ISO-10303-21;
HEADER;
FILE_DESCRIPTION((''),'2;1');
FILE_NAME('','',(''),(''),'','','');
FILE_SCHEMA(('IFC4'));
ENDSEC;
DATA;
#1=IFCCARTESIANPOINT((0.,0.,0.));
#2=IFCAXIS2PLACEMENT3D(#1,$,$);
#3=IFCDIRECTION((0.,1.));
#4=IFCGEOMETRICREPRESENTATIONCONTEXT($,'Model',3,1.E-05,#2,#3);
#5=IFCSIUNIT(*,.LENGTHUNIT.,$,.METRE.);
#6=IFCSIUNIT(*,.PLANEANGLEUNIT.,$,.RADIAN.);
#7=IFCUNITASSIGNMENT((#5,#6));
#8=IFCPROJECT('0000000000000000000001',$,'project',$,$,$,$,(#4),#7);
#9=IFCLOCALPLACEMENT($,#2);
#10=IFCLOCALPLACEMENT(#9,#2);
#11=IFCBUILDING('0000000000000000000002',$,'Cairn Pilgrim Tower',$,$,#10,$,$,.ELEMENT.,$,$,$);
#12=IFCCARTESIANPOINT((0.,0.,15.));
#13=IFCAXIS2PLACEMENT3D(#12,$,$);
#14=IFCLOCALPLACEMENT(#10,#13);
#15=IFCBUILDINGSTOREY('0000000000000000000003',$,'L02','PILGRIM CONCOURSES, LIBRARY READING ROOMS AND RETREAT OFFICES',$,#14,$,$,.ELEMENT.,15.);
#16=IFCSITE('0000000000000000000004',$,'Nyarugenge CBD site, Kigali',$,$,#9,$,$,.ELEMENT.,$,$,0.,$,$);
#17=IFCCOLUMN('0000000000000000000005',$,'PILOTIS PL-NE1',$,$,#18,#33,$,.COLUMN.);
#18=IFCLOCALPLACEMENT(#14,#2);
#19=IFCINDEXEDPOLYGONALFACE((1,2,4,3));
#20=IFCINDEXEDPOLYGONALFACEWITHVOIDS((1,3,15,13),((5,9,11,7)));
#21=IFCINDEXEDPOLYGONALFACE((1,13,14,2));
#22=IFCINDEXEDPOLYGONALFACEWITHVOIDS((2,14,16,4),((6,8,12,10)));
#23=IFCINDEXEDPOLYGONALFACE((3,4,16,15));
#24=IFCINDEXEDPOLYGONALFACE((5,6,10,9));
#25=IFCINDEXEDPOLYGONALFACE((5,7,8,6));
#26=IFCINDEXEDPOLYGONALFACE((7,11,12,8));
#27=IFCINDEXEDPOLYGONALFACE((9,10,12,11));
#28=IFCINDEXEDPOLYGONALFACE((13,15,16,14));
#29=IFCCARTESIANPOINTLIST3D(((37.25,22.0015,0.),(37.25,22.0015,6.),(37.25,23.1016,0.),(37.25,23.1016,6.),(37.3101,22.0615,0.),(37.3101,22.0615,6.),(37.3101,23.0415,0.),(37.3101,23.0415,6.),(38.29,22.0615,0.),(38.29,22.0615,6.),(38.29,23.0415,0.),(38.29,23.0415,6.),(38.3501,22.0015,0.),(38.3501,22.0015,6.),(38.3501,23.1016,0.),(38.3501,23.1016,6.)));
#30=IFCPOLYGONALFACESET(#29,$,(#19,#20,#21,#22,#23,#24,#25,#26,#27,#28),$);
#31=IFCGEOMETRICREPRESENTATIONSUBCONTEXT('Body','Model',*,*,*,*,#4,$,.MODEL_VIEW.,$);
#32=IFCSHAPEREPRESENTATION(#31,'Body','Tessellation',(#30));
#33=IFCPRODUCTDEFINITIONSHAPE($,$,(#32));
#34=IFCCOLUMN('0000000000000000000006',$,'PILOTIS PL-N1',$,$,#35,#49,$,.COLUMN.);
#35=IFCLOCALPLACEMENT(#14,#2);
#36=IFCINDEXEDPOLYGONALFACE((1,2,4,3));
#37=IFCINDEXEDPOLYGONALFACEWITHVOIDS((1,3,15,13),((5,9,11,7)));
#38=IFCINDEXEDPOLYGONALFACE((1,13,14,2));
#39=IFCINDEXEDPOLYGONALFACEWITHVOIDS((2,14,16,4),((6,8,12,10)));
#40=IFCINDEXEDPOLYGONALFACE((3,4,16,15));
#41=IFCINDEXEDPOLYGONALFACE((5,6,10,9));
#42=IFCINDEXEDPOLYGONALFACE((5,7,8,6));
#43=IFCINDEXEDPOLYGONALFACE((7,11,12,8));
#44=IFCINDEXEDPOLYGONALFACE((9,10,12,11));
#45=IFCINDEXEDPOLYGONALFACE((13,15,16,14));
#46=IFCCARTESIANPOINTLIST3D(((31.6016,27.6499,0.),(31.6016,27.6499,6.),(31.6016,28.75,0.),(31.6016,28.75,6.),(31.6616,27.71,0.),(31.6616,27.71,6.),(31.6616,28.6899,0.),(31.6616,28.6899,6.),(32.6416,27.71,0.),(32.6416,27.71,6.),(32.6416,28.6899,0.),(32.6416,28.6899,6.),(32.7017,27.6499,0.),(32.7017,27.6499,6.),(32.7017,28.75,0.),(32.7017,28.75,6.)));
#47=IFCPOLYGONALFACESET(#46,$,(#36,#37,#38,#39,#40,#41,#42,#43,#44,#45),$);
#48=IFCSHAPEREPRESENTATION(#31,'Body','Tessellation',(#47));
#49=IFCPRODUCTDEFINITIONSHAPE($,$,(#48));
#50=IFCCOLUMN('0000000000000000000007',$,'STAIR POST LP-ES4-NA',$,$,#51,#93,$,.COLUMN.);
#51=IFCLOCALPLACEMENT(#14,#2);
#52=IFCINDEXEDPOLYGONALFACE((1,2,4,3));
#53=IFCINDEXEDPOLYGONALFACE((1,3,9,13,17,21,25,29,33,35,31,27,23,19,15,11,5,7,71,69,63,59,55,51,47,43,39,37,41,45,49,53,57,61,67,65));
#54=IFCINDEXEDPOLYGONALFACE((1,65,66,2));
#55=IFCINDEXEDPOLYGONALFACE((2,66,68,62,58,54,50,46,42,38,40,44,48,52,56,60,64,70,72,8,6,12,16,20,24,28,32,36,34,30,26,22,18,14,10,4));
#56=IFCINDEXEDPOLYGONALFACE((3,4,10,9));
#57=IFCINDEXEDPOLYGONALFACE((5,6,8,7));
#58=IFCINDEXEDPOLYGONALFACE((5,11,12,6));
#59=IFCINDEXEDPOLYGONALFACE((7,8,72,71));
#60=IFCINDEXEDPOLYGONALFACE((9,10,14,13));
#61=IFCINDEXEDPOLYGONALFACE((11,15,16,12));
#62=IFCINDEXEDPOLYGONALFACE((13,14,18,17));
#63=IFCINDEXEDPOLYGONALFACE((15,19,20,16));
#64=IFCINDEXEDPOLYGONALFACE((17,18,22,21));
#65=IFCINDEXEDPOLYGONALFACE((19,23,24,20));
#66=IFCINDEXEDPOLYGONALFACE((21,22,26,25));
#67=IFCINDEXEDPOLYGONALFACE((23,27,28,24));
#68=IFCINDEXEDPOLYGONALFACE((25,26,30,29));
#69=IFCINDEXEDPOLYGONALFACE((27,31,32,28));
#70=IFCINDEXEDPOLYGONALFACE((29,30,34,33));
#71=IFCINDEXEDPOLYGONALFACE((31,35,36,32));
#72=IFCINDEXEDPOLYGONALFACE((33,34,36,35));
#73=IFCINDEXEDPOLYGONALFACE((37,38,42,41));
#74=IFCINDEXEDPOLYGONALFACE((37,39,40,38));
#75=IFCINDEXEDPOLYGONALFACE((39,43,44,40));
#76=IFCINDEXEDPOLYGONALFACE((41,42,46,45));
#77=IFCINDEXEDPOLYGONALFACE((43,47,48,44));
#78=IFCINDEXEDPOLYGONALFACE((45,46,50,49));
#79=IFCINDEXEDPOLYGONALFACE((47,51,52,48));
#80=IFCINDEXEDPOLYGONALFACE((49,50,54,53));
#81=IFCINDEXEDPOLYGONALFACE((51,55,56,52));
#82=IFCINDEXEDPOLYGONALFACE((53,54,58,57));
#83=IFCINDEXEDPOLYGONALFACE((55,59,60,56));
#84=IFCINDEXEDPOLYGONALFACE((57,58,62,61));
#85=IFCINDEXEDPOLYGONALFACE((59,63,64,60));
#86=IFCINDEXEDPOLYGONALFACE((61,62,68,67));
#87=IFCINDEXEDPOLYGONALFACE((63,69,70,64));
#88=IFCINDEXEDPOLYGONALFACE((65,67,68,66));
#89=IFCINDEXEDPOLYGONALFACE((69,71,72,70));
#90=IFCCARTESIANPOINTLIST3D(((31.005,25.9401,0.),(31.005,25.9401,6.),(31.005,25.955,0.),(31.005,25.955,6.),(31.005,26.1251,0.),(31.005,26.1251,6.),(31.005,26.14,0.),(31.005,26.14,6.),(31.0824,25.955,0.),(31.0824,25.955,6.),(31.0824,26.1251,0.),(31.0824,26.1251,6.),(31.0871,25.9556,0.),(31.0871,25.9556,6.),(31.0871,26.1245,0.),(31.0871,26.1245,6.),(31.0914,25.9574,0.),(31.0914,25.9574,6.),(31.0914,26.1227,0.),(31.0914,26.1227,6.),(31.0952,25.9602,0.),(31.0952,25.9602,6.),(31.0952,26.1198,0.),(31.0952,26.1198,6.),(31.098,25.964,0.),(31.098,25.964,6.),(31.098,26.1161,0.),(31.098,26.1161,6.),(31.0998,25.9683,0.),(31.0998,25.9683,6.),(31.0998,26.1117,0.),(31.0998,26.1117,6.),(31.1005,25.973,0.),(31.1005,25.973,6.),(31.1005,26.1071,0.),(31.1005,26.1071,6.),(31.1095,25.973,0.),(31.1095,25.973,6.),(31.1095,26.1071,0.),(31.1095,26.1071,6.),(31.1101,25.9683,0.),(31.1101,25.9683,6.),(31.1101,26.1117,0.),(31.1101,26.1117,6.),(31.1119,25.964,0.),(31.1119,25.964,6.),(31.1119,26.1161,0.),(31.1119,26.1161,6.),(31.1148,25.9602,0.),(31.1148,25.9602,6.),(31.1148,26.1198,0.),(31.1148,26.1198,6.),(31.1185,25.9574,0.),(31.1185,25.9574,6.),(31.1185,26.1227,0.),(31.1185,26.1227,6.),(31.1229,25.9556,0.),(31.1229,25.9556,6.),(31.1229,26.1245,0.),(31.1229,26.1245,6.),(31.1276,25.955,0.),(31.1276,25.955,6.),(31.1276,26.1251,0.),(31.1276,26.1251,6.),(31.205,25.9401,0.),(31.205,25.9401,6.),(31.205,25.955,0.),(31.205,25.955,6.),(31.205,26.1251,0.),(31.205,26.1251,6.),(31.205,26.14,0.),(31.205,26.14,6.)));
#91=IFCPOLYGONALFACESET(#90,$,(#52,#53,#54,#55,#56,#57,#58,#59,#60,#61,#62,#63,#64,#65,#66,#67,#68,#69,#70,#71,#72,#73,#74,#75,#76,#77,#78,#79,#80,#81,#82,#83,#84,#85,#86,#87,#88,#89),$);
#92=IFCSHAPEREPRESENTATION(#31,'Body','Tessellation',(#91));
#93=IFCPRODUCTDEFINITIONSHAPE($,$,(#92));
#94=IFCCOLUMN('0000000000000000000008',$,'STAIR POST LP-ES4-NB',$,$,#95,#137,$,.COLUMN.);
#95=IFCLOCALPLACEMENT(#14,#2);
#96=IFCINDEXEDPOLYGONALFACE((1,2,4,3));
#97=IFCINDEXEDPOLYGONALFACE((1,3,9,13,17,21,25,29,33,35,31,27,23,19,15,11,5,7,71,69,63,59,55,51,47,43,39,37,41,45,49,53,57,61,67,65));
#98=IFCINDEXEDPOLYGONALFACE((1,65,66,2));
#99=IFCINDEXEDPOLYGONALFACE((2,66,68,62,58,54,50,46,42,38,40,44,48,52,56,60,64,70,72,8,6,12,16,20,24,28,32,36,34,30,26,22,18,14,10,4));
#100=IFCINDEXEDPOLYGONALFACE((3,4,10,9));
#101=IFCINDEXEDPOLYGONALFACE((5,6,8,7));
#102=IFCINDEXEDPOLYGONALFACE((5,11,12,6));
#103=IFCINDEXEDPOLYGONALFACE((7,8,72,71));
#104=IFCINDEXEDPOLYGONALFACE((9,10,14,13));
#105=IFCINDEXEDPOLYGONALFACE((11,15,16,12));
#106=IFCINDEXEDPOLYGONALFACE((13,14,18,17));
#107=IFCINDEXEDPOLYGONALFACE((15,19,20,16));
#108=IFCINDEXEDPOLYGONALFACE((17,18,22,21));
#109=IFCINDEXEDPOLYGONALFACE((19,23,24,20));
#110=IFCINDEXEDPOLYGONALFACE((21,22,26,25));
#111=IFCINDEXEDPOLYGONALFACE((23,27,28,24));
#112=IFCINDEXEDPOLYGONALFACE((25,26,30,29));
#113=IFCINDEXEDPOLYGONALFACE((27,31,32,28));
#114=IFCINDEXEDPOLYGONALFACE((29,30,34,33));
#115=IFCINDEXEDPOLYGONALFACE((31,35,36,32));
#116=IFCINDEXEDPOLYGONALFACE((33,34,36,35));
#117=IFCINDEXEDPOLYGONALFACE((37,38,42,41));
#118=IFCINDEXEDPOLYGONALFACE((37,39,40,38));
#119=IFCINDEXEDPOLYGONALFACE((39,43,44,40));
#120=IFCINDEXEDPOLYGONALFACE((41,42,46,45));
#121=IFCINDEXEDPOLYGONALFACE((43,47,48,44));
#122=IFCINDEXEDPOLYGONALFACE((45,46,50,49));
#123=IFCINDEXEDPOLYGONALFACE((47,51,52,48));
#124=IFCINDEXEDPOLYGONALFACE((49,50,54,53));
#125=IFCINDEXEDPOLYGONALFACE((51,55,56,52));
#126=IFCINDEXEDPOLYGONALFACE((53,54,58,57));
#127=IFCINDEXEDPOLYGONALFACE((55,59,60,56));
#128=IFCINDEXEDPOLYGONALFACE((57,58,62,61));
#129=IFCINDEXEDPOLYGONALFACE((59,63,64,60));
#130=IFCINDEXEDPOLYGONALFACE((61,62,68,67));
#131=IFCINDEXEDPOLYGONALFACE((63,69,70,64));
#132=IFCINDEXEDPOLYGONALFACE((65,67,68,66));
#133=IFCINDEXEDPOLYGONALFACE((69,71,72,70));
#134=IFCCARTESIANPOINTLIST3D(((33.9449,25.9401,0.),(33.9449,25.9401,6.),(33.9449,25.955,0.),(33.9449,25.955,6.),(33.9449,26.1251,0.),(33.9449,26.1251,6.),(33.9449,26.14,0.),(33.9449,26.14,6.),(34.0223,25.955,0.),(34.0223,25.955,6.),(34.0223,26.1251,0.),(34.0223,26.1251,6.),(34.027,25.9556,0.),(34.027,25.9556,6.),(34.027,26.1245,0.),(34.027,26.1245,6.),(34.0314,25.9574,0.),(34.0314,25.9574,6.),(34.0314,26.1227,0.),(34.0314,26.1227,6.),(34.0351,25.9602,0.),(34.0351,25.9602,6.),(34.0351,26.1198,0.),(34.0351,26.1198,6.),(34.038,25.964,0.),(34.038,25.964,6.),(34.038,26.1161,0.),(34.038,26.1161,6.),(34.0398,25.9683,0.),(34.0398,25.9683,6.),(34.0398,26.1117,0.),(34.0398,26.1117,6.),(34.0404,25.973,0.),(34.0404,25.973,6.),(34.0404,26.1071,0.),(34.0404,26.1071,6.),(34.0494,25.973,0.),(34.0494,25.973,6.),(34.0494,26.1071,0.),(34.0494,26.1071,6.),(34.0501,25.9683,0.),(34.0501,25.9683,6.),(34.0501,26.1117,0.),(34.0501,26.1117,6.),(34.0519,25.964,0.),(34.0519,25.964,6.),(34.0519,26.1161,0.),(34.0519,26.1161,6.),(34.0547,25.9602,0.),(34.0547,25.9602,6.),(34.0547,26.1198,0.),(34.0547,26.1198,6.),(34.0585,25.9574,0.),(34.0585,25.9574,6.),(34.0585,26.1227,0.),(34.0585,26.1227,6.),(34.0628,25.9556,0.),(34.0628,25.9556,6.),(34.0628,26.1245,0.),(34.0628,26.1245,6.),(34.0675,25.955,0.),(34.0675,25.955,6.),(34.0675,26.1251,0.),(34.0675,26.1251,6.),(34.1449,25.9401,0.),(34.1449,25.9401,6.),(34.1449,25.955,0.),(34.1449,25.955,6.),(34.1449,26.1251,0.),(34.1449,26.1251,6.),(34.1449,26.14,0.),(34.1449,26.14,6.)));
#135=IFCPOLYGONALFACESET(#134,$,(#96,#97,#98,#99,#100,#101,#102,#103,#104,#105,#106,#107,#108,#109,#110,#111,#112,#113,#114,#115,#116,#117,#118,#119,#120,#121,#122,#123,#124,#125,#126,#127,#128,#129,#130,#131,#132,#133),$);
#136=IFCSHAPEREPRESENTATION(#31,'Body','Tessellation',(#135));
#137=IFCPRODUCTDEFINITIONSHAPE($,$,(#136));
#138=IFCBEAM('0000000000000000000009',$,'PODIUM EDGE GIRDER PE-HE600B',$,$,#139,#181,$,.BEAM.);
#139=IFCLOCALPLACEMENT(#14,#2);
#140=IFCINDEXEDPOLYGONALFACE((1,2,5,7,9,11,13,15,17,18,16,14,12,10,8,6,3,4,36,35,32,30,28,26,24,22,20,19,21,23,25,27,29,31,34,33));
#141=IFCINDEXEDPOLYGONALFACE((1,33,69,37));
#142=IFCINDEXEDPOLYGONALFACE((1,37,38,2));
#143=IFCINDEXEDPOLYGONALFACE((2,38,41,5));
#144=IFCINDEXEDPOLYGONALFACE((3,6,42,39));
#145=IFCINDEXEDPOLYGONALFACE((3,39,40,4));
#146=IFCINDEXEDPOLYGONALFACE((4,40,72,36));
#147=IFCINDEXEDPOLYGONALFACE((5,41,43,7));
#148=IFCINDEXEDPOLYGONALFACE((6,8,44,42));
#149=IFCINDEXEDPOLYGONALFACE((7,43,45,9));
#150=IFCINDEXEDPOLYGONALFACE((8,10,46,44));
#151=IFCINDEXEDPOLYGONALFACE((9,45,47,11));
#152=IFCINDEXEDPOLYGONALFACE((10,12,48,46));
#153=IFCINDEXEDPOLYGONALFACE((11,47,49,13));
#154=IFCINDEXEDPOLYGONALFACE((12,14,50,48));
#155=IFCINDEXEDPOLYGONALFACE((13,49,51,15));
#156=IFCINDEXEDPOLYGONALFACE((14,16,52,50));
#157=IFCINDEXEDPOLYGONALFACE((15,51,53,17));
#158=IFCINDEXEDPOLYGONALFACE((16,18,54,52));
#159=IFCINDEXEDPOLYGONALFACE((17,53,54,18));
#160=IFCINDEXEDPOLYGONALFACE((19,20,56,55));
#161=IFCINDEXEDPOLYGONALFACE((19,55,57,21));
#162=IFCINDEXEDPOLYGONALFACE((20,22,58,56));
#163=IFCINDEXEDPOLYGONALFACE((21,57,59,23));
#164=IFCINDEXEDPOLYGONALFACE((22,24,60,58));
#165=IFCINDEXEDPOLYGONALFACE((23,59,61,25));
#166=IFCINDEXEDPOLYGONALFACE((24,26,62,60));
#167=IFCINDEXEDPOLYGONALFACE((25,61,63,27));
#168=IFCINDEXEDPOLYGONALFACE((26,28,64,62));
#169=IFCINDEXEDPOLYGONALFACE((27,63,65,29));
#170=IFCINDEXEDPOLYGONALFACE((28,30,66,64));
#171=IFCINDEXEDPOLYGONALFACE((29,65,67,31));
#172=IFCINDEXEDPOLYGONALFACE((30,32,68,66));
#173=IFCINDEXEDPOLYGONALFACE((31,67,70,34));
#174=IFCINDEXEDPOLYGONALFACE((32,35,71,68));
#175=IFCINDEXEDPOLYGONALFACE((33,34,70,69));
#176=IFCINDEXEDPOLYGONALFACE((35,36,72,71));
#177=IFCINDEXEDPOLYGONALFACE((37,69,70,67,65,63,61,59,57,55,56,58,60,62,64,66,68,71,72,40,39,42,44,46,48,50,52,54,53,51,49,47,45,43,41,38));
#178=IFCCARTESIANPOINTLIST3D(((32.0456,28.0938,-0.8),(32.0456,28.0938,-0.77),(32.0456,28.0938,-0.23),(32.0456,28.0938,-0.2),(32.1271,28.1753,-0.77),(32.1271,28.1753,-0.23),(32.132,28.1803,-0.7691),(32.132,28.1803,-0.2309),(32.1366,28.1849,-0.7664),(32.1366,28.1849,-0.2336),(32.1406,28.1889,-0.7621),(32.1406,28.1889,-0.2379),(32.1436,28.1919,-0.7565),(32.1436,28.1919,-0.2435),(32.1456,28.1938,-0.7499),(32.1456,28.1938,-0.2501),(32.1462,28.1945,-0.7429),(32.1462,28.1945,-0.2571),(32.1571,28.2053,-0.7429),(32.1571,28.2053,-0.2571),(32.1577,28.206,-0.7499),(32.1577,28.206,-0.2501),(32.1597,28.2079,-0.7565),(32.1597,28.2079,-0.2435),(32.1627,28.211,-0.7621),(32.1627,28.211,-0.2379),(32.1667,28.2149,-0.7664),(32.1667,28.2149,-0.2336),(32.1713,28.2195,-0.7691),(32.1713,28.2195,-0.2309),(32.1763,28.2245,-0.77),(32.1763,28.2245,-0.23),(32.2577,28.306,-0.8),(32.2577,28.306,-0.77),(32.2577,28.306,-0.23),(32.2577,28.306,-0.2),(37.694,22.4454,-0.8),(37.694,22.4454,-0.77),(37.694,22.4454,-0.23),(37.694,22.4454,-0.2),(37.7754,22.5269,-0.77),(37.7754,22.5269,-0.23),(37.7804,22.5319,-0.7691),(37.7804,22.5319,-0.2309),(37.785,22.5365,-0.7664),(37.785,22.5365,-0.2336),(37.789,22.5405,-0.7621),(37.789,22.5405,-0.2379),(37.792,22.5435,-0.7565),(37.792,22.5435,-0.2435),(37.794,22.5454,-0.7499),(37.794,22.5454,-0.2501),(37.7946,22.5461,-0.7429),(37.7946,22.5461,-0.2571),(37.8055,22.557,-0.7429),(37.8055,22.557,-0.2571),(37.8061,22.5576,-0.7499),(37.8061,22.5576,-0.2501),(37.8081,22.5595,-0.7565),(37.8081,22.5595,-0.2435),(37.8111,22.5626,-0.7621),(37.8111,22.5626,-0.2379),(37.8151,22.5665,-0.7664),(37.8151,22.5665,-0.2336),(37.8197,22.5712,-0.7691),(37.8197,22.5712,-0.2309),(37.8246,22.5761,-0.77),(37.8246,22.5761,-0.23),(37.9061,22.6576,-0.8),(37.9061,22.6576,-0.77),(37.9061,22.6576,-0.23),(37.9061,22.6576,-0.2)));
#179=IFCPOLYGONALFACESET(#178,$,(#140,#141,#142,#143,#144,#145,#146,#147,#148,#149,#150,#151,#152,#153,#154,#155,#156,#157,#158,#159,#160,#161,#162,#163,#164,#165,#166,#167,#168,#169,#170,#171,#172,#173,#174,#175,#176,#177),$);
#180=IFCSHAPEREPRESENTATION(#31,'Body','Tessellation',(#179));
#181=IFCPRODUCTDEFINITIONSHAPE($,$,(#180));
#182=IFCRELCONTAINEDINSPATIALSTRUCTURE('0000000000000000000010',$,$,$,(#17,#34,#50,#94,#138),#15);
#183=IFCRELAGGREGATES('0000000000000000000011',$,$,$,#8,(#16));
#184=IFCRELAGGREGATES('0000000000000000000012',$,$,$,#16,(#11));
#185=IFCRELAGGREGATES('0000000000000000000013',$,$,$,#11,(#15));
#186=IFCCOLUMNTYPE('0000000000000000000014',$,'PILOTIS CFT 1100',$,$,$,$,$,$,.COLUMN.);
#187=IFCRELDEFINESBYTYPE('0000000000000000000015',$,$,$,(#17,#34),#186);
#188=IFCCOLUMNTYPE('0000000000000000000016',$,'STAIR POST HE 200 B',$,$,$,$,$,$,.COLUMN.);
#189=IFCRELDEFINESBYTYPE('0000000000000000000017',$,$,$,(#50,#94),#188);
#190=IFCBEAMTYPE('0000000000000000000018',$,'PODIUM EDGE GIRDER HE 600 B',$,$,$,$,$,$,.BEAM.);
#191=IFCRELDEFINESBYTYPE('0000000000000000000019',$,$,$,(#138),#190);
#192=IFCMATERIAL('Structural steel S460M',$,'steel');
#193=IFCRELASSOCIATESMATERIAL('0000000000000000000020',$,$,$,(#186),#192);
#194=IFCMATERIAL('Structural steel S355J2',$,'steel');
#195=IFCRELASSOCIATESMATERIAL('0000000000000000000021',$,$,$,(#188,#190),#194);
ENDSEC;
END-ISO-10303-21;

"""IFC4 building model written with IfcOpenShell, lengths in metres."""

from ifc_helpers import new_model, si_unit, direction, frame, origin, origin_2d, place, context, subcontext, project, spatial, hollow_rectangle, i_section, extrude, material, material_profile, profile_set, type_object, element, save


model = new_model("IFC4")

# Units and contexts
model_context = context("Model", 3, precision=1e-05, world=origin(), true_north=direction((0.0, 1.0)))
body_context = subcontext(model_context, "Body", "Model", "MODEL_VIEW")
ifc_project = project(units=[si_unit("LENGTHUNIT", "METRE"), si_unit("PLANEANGLEUNIT", "RADIAN")], contexts=[model_context])

# Site, building, storey
site_placement = place(None, origin())
site = spatial("IfcSite", under=ifc_project, at=site_placement, Name="Nyarugenge CBD site, Kigali", CompositionType="ELEMENT", RefElevation=0.0)
building_placement = place(site_placement, origin())
building = spatial("IfcBuilding", under=site, at=building_placement, Name="Cairn Pilgrim Tower", CompositionType="ELEMENT")
storey_placement = place(building_placement, frame((0.0, 0.0, 15.0)))
storey = spatial("IfcBuildingStorey", under=building, at=storey_placement, Name="L02", Description="PILGRIM CONCOURSES, LIBRARY READING ROOMS AND RETREAT OFFICES", CompositionType="ELEMENT", Elevation=15.0)

# Columns
ifc_material_1 = material(Name="Structural steel S460M", Category="steel")
ifc_material_profile_1 = material_profile(ifc_material_1, hollow_rectangle(XDim=1.1001, YDim=1.1001, WallThickness=0.0601, at=origin_2d()), Name="BOX 1100x1100x60")
ifc_profile_set_1 = profile_set([ifc_material_profile_1], Name="Structural steel S460M")
column_type_1 = type_object("IfcColumnType", Name="PILOTIS CFT 1100", PredefinedType="COLUMN", material=ifc_profile_set_1)
for number, where, z_axis, x_axis, name in (
    (1, (37.8, 22.5515, 0.0), (0.0, 0.0, 1.0), (1.0, 0.0, 0.0), "PILOTIS PL-NE1"),
    (2, (32.1516, 28.2, 0.0), (0.0, 0.0, 1.0), (1.0, 0.0, 0.0), "PILOTIS PL-N1"),
):
    element("IfcColumn", number, at=place(storey_placement, frame(where, z_axis=z_axis, x_axis=x_axis)), inside=storey, type_object=column_type_1, Name=name, PredefinedType="COLUMN", context=body_context, shape_type="SweptSolid", body=[
        extrude(hollow_rectangle(XDim=1.1001, YDim=1.1001, WallThickness=0.0601, at=origin_2d()), origin(), (0.0, 0.0, 1.0), 6.0),
    ])
ifc_material_2 = material(Name="Structural steel S355J2", Category="steel")
ifc_material_profile_2 = material_profile(ifc_material_2, i_section(OverallWidth=0.2, OverallDepth=0.2, WebThickness=0.009, FlangeThickness=0.0149, FilletRadius=0.0181, at=origin_2d()), Name="HE 200 B")
ifc_profile_set_2 = profile_set([ifc_material_profile_2], Name="Structural steel S355J2")
column_type_2 = type_object("IfcColumnType", Name="STAIR POST HE 200 B", PredefinedType="COLUMN", material=ifc_profile_set_2)
for number, where, z_axis, x_axis, name in (
    (3, (31.105, 26.04, 0.0), (0.0, 0.0, 1.0), (1.0, 0.0, 0.0), "STAIR POST LP-ES4-NA"),
    (4, (34.0449, 26.04, 0.0), (0.0, 0.0, 1.0), (1.0, 0.0, 0.0), "STAIR POST LP-ES4-NB"),
):
    element("IfcColumn", number, at=place(storey_placement, frame(where, z_axis=z_axis, x_axis=x_axis)), inside=storey, type_object=column_type_2, Name=name, PredefinedType="COLUMN", context=body_context, shape_type="SweptSolid", body=[
        extrude(i_section(OverallWidth=0.2, OverallDepth=0.2, WebThickness=0.009, FlangeThickness=0.0149, FilletRadius=0.0181, at=origin_2d()), origin(), (0.0, 0.0, 1.0), 6.0),
    ])

# Beam
ifc_material_profile_3 = material_profile(ifc_material_2, i_section(OverallWidth=0.3, OverallDepth=0.6001, WebThickness=0.0154, FlangeThickness=0.03, FilletRadius=0.0271, at=origin_2d()), Name="HEB 600")
ifc_profile_set_3 = profile_set([ifc_material_profile_3], Name="Structural steel S355J2")
beam_type_1 = type_object("IfcBeamType", Name="PODIUM EDGE GIRDER HE 600 B", PredefinedType="BEAM", material=ifc_profile_set_3)
beam_1_placement = place(storey_placement, frame((37.8, 22.5515, -0.5), z_axis=(-0.707107, 0.707107, 0.0), x_axis=(-0.707107, -0.707107, 0.0)))
element("IfcBeam", 5, at=beam_1_placement, inside=storey, type_object=beam_type_1, Name="PODIUM EDGE GIRDER PE-HE600B", PredefinedType="BEAM", context=body_context, shape_type="SweptSolid", body=[
    extrude(i_section(OverallWidth=0.3, OverallDepth=0.6001, WebThickness=0.0154, FlangeThickness=0.03, FilletRadius=0.0271, at=origin_2d()), origin(), (0.0, 0.0, 1.0), 7.988),
])

save(model, "model.ifc")
